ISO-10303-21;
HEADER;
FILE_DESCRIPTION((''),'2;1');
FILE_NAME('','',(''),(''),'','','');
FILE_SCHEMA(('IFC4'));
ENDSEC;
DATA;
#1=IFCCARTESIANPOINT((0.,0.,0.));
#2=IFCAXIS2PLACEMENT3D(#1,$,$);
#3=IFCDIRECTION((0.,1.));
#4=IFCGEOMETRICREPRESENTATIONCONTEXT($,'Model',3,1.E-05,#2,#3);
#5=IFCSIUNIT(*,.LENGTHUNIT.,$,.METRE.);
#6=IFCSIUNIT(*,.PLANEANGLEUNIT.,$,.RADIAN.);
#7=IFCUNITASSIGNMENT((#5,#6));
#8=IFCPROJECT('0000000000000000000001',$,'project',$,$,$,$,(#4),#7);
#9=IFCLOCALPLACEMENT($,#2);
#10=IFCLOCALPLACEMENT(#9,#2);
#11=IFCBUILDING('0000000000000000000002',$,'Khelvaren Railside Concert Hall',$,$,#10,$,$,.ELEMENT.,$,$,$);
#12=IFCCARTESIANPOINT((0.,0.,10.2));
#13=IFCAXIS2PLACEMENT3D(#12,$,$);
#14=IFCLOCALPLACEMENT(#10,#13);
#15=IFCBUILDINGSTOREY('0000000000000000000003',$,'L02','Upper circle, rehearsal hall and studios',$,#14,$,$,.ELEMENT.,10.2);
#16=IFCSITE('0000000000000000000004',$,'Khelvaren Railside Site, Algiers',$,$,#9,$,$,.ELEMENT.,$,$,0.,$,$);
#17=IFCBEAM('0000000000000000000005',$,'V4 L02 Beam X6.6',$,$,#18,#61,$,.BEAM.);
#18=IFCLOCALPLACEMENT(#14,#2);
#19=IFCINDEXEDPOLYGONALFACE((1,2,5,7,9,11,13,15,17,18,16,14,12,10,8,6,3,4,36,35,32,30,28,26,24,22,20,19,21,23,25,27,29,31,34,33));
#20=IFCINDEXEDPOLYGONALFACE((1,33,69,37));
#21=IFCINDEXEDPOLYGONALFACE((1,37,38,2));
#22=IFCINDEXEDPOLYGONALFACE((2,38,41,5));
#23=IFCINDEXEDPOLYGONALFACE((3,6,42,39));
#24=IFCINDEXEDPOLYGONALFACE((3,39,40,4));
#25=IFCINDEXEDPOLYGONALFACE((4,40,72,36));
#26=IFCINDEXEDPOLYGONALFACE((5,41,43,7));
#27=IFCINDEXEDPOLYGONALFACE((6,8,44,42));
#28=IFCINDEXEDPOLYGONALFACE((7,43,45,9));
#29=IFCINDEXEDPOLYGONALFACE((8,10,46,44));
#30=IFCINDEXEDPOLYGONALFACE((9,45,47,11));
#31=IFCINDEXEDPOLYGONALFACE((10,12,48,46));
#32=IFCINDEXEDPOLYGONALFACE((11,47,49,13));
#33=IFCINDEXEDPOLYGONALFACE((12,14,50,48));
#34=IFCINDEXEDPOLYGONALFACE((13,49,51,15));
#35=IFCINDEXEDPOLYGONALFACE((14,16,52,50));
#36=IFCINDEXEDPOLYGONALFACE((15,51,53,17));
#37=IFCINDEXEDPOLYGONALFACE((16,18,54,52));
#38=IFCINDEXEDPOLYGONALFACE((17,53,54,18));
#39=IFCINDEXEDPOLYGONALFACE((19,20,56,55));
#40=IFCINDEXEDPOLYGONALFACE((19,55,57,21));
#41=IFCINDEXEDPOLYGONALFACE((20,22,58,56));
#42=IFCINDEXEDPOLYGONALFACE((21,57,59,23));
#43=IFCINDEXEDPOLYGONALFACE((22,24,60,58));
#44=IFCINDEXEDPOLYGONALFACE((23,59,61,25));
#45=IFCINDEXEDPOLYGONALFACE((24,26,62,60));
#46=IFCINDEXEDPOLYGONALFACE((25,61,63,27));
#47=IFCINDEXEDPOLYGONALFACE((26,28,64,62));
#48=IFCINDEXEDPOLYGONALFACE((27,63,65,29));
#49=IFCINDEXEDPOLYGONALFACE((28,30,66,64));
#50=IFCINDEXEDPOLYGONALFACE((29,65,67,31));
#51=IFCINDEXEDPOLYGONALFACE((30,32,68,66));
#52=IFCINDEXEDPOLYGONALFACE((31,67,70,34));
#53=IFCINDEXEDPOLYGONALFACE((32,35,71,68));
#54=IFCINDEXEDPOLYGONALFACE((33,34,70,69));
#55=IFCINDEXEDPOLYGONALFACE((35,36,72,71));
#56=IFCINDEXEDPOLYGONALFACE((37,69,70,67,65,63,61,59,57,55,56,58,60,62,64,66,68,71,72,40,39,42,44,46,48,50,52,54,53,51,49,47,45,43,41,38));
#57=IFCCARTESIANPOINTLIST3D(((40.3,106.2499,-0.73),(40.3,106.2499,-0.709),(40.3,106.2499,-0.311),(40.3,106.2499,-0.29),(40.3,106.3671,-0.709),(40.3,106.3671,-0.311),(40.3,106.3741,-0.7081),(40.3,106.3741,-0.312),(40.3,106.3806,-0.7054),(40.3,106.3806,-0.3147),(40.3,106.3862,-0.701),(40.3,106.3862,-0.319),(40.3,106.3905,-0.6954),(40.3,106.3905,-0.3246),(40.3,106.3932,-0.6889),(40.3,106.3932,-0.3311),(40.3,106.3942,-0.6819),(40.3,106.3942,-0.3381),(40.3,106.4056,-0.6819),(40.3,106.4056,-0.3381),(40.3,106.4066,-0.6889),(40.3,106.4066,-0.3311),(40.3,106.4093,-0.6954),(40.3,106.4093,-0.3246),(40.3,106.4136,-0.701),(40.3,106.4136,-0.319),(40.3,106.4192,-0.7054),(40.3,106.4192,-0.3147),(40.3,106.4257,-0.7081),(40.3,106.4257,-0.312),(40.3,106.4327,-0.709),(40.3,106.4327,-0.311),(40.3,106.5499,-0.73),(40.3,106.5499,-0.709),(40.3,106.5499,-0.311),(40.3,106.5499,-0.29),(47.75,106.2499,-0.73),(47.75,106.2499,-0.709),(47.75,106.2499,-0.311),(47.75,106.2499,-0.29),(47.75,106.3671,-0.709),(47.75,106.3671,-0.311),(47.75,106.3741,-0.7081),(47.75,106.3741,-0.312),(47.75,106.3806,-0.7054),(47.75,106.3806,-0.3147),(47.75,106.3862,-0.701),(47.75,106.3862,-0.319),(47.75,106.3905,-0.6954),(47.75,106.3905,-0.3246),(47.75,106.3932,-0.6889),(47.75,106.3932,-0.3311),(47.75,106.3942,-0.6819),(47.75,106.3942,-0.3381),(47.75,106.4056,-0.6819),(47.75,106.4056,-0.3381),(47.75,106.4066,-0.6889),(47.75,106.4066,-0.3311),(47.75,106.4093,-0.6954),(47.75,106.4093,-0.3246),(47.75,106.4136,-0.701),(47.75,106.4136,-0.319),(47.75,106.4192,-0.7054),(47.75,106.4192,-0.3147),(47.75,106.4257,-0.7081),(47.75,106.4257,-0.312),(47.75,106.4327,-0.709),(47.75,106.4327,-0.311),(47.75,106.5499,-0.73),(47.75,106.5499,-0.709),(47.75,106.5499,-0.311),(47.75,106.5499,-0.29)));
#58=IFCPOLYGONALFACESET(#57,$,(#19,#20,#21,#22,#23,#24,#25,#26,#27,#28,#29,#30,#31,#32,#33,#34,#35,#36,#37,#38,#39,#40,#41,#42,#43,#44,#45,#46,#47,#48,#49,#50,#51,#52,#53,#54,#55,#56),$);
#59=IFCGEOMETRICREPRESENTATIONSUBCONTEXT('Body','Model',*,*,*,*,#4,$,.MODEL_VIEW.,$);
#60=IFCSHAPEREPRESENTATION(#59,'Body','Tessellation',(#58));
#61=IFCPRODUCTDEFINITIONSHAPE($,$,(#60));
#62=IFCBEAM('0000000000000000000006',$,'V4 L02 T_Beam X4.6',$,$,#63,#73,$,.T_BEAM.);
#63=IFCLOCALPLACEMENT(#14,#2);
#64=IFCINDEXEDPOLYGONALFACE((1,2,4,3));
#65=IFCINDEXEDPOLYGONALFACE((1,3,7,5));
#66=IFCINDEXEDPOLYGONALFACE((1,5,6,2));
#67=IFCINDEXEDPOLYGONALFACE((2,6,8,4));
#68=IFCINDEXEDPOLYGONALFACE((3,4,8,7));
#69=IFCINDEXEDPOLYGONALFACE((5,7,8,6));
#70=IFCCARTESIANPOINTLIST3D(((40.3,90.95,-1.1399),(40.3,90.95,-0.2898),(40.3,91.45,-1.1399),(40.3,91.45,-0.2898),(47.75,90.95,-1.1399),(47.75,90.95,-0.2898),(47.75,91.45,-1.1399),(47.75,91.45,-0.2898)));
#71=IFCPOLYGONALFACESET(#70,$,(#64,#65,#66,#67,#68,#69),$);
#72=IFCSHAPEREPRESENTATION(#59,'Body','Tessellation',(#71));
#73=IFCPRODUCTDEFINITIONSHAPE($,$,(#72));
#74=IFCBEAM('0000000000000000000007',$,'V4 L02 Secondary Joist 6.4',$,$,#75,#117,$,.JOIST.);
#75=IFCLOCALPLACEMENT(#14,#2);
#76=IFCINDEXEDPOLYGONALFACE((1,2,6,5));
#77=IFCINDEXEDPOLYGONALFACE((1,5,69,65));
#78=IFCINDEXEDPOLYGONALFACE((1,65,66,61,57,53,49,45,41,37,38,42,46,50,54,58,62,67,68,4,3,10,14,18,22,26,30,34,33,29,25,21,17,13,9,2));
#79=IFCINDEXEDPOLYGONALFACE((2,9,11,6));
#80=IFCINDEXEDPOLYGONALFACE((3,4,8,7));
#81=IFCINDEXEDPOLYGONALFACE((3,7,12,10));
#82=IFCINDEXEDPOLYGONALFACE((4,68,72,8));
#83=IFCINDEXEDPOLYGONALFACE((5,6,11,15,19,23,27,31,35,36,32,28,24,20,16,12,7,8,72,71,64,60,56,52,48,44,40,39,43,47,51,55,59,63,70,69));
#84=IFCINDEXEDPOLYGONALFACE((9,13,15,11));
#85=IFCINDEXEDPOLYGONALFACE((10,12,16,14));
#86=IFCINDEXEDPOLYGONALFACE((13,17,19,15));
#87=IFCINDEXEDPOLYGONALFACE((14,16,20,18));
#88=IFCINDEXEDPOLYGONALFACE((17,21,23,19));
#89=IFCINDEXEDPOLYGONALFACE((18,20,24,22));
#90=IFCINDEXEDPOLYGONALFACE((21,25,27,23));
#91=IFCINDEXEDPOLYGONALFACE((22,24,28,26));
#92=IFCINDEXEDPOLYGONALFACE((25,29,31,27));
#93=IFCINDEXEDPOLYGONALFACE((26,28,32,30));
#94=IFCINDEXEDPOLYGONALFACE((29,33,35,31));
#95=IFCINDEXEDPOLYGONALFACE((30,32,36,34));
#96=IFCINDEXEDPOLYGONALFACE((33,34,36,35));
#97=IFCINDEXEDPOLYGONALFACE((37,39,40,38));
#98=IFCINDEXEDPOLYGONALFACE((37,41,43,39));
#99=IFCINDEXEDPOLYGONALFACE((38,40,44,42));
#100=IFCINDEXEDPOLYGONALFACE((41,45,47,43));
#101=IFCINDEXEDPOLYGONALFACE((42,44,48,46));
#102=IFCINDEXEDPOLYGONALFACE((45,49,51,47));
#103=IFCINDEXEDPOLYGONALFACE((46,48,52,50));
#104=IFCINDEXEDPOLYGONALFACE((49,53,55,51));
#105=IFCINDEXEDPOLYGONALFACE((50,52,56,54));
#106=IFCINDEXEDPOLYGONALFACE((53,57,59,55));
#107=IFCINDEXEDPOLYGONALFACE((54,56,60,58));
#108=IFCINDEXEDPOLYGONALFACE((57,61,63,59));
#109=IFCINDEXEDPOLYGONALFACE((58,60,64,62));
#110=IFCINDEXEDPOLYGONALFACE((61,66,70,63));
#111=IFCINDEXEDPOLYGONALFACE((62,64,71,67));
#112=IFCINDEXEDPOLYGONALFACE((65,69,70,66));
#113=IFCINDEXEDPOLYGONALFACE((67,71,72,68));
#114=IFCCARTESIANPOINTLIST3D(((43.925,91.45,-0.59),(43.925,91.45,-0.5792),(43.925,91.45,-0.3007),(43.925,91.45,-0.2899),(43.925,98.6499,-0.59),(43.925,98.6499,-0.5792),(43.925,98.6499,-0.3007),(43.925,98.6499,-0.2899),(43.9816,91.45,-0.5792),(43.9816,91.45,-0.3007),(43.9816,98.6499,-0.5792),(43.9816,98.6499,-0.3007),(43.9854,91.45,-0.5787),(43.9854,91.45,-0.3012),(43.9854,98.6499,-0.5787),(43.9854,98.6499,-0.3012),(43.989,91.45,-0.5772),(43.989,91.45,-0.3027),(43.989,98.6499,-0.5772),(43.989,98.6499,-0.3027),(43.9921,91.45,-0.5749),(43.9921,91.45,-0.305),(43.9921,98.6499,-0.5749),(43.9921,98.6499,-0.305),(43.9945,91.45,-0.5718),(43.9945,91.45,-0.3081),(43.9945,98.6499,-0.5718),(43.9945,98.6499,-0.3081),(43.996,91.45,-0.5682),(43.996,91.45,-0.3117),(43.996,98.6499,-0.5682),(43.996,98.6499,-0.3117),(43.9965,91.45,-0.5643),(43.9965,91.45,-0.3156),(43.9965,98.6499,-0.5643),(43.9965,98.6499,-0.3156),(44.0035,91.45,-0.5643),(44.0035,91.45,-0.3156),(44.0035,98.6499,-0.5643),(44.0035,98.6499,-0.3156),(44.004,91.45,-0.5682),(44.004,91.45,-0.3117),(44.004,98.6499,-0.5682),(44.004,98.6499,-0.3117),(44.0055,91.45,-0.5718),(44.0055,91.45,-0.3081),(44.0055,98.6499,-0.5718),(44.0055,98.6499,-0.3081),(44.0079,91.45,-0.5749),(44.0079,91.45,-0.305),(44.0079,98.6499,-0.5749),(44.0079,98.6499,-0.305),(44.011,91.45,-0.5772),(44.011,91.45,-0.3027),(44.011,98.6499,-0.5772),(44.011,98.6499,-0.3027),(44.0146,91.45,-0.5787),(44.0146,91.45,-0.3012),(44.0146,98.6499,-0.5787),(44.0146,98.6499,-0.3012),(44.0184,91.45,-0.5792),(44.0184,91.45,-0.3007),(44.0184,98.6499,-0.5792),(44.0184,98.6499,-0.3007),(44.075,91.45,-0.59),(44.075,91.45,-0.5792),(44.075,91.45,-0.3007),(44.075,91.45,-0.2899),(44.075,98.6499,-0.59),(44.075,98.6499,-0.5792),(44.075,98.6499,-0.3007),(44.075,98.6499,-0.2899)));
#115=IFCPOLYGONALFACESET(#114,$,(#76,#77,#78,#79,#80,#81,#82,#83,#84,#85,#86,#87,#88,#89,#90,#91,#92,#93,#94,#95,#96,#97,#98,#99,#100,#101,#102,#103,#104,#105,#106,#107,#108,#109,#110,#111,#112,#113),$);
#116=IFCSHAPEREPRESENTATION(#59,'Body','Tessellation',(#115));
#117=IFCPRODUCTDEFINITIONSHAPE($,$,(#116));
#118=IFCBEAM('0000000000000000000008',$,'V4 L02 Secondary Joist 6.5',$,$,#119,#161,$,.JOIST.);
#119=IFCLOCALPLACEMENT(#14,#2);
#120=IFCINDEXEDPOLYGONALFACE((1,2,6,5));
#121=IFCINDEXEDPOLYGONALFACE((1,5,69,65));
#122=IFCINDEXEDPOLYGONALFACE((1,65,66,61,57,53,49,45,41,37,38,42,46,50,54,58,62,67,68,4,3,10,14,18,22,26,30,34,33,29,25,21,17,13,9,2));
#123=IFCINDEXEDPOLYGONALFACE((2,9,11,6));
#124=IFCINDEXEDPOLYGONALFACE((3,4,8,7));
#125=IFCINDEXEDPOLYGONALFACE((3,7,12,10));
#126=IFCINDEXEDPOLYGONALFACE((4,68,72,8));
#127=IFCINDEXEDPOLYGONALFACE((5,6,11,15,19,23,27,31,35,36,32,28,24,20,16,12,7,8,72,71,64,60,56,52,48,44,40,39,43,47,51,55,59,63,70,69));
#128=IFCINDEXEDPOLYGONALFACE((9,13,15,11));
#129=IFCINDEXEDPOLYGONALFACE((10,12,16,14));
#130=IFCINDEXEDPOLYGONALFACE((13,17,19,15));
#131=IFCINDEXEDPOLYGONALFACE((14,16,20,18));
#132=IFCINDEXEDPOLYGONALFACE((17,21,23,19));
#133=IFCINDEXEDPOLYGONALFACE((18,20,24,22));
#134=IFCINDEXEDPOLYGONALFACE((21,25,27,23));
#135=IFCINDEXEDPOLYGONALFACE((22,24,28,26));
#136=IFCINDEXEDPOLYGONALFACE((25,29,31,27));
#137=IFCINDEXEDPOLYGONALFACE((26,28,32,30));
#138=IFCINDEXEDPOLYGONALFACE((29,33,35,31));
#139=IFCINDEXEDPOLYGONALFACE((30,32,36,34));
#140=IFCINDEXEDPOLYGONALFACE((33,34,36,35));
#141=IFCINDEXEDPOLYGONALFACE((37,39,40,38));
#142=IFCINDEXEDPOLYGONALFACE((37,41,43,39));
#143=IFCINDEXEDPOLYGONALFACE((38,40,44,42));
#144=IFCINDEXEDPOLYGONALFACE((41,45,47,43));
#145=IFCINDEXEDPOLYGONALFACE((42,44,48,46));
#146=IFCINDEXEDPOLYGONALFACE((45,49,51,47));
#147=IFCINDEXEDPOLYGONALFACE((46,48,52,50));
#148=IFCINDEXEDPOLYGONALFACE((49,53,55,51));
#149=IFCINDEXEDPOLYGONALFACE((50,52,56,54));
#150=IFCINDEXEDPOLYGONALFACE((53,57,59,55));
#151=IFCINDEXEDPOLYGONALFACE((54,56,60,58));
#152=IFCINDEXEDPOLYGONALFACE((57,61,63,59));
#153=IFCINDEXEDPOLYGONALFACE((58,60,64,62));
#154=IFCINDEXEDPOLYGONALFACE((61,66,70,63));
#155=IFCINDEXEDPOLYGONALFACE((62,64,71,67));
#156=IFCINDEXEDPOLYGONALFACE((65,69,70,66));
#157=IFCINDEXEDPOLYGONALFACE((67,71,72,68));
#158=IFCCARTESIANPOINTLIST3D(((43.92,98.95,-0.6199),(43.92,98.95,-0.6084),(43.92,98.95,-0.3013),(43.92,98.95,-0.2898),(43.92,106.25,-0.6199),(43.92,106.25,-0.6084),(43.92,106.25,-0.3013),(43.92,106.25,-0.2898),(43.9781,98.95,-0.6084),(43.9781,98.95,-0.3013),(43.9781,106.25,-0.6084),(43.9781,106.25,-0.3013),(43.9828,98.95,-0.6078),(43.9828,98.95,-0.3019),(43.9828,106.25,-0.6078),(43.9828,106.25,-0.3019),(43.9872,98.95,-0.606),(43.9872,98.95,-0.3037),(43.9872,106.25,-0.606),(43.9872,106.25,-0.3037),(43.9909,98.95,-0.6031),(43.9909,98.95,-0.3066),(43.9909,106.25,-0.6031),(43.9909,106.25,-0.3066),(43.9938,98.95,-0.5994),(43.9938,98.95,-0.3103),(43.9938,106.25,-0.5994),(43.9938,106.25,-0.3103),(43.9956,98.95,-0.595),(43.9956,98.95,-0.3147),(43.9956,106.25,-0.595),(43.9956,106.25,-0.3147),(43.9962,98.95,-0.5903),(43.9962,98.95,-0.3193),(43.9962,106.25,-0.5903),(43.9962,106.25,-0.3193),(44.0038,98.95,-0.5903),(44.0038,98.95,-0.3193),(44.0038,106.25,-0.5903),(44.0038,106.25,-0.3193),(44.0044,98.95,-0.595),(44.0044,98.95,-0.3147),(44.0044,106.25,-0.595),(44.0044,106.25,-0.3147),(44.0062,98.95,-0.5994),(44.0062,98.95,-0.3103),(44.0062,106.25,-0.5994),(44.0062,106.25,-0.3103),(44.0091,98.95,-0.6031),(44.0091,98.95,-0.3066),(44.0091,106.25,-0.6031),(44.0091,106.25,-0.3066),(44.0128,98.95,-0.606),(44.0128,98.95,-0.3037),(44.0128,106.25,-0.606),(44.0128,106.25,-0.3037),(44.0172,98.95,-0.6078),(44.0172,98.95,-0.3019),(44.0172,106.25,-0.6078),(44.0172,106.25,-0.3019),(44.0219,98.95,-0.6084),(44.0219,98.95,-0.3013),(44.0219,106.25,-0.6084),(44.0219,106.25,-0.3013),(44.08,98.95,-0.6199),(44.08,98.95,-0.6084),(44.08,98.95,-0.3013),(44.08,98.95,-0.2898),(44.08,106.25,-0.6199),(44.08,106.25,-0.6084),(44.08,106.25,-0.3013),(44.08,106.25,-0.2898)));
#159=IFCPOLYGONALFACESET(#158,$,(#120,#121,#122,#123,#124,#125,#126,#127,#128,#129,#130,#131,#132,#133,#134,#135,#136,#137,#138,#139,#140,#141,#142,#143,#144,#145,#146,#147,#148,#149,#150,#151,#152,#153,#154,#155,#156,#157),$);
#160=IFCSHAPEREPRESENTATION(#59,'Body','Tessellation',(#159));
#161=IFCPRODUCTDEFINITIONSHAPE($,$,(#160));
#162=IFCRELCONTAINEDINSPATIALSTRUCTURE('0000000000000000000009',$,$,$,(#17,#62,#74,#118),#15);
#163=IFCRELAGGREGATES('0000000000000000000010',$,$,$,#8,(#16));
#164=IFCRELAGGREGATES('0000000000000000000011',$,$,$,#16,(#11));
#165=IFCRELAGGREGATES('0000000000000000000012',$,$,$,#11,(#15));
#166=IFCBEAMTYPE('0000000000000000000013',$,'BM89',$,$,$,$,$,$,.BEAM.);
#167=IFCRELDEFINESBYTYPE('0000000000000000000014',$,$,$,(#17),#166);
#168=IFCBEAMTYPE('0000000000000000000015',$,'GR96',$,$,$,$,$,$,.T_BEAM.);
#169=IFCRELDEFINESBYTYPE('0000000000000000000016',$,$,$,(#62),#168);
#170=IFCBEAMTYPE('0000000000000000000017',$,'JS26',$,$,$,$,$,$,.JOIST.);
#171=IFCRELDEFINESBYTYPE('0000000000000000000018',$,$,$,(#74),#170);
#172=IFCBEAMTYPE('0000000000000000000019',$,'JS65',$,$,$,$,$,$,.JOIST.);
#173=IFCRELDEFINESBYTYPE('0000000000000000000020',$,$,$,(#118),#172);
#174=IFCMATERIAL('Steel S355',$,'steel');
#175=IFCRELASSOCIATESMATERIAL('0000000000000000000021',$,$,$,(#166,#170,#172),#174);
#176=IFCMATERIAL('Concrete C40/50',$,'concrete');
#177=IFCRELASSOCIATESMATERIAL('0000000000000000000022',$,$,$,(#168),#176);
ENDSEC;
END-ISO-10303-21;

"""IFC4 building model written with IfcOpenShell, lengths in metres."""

from ifc_helpers import new_model, si_unit, direction, frame, origin, origin_2d, place, context, subcontext, project, spatial, rectangle, i_section, extrude, material, material_profile, profile_set, type_object, element, save


model = new_model("IFC4")

# Units and contexts
model_context = context("Model", 3, precision=1e-05, world=origin(), true_north=direction((0.0, 1.0)))
body_context = subcontext(model_context, "Body", "Model", "MODEL_VIEW")
ifc_project = project(units=[si_unit("LENGTHUNIT", "METRE"), si_unit("PLANEANGLEUNIT", "RADIAN")], contexts=[model_context])

# Site, building, storey
site_placement = place(None, origin())
site = spatial("IfcSite", under=ifc_project, at=site_placement, Name="Khelvaren Railside Site, Algiers", CompositionType="ELEMENT", RefElevation=0.0)
building_placement = place(site_placement, origin())
building = spatial("IfcBuilding", under=site, at=building_placement, Name="Khelvaren Railside Concert Hall", CompositionType="ELEMENT")
storey_placement = place(building_placement, frame((0.0, 0.0, 10.2)))
storey = spatial("IfcBuildingStorey", under=building, at=storey_placement, Name="L02", Description="Upper circle, rehearsal hall and studios", CompositionType="ELEMENT", Elevation=10.2)

# Beams
ifc_material_1 = material(Name="Steel S355", Category="steel")
ifc_material_profile_1 = material_profile(ifc_material_1, i_section(OverallWidth=0.3, OverallDepth=0.4399, WebThickness=0.0115, FlangeThickness=0.021, FilletRadius=0.0271, at=origin_2d()), Name="HEA 450")
ifc_profile_set_1 = profile_set([ifc_material_profile_1], Name="Steel S355")
beam_type_1 = type_object("IfcBeamType", Name="BM89", PredefinedType="BEAM", material=ifc_profile_set_1)
beam_1_placement = place(storey_placement, frame((40.3, 106.3999, -0.51), z_axis=(1.0, 0.0, 0.0), x_axis=(0.0, 1.0, 0.0)))
element("IfcBeam", 1, at=beam_1_placement, inside=storey, type_object=beam_type_1, Name="V4 L02 Beam X6.6", PredefinedType="BEAM", context=body_context, shape_type="SweptSolid", body=[
    extrude(i_section(OverallWidth=0.3, OverallDepth=0.4399, WebThickness=0.0115, FlangeThickness=0.021, FilletRadius=0.0271, at=origin_2d()), origin(), (0.0, 0.0, 1.0), 7.45),
])
ifc_material_2 = material(Name="Concrete C40/50", Category="concrete")
ifc_material_profile_2 = material_profile(ifc_material_2, rectangle(XDim=0.5, YDim=0.8501, at=origin_2d()), Name="RCB 500x850")
ifc_profile_set_2 = profile_set([ifc_material_profile_2], Name="Concrete C40/50")
beam_type_2 = type_object("IfcBeamType", Name="GR96", PredefinedType="T_BEAM", material=ifc_profile_set_2)
beam_2_placement = place(storey_placement, frame((40.3, 91.2, -0.7148), z_axis=(1.0, 0.0, 0.0), x_axis=(0.0, 1.0, 0.0)))
element("IfcBeam", 2, at=beam_2_placement, inside=storey, type_object=beam_type_2, Name="V4 L02 T_Beam X4.6", PredefinedType="T_BEAM", context=body_context, shape_type="SweptSolid", body=[
    extrude(rectangle(XDim=0.5, YDim=0.8501, at=origin_2d()), origin(), (0.0, 0.0, 1.0), 7.45),
])
ifc_material_profile_3 = material_profile(ifc_material_1, i_section(OverallWidth=0.1499, OverallDepth=0.3, WebThickness=0.0071, FlangeThickness=0.0107, FilletRadius=0.0149, at=origin_2d()), Name="IPE 300")
ifc_profile_set_3 = profile_set([ifc_material_profile_3], Name="Steel S355")
beam_type_3 = type_object("IfcBeamType", Name="JS26", PredefinedType="JOIST", material=ifc_profile_set_3)
beam_3_placement = place(storey_placement, frame((44.0, 91.45, -0.4399), z_axis=(0.0, 1.0, 0.0), x_axis=(-1.0, 0.0, 0.0)))
element("IfcBeam", 3, at=beam_3_placement, inside=storey, type_object=beam_type_3, Name="V4 L02 Secondary Joist 6.4", PredefinedType="JOIST", context=body_context, shape_type="SweptSolid", body=[
    extrude(i_section(OverallWidth=0.1499, OverallDepth=0.3, WebThickness=0.0071, FlangeThickness=0.0107, FilletRadius=0.0149, at=origin_2d()), origin(), (0.0, 0.0, 1.0), 7.2),
])
ifc_material_profile_4 = material_profile(ifc_material_1, i_section(OverallWidth=0.1599, OverallDepth=0.3301, WebThickness=0.0076, FlangeThickness=0.0115, FilletRadius=0.0181, at=origin_2d()), Name="IPE 330")
ifc_profile_set_4 = profile_set([ifc_material_profile_4], Name="Steel S355")
beam_type_4 = type_object("IfcBeamType", Name="JS65", PredefinedType="JOIST", material=ifc_profile_set_4)
beam_4_placement = place(storey_placement, frame((44.0, 98.95, -0.4548), z_axis=(0.0, 1.0, 0.0), x_axis=(-1.0, 0.0, 0.0)))
element("IfcBeam", 4, at=beam_4_placement, inside=storey, type_object=beam_type_4, Name="V4 L02 Secondary Joist 6.5", PredefinedType="JOIST", context=body_context, shape_type="SweptSolid", body=[
    extrude(i_section(OverallWidth=0.1599, OverallDepth=0.3301, WebThickness=0.0076, FlangeThickness=0.0115, FilletRadius=0.0181, at=origin_2d()), origin(), (0.0, 0.0, 1.0), 7.3),
])

save(model, "model.ifc")
